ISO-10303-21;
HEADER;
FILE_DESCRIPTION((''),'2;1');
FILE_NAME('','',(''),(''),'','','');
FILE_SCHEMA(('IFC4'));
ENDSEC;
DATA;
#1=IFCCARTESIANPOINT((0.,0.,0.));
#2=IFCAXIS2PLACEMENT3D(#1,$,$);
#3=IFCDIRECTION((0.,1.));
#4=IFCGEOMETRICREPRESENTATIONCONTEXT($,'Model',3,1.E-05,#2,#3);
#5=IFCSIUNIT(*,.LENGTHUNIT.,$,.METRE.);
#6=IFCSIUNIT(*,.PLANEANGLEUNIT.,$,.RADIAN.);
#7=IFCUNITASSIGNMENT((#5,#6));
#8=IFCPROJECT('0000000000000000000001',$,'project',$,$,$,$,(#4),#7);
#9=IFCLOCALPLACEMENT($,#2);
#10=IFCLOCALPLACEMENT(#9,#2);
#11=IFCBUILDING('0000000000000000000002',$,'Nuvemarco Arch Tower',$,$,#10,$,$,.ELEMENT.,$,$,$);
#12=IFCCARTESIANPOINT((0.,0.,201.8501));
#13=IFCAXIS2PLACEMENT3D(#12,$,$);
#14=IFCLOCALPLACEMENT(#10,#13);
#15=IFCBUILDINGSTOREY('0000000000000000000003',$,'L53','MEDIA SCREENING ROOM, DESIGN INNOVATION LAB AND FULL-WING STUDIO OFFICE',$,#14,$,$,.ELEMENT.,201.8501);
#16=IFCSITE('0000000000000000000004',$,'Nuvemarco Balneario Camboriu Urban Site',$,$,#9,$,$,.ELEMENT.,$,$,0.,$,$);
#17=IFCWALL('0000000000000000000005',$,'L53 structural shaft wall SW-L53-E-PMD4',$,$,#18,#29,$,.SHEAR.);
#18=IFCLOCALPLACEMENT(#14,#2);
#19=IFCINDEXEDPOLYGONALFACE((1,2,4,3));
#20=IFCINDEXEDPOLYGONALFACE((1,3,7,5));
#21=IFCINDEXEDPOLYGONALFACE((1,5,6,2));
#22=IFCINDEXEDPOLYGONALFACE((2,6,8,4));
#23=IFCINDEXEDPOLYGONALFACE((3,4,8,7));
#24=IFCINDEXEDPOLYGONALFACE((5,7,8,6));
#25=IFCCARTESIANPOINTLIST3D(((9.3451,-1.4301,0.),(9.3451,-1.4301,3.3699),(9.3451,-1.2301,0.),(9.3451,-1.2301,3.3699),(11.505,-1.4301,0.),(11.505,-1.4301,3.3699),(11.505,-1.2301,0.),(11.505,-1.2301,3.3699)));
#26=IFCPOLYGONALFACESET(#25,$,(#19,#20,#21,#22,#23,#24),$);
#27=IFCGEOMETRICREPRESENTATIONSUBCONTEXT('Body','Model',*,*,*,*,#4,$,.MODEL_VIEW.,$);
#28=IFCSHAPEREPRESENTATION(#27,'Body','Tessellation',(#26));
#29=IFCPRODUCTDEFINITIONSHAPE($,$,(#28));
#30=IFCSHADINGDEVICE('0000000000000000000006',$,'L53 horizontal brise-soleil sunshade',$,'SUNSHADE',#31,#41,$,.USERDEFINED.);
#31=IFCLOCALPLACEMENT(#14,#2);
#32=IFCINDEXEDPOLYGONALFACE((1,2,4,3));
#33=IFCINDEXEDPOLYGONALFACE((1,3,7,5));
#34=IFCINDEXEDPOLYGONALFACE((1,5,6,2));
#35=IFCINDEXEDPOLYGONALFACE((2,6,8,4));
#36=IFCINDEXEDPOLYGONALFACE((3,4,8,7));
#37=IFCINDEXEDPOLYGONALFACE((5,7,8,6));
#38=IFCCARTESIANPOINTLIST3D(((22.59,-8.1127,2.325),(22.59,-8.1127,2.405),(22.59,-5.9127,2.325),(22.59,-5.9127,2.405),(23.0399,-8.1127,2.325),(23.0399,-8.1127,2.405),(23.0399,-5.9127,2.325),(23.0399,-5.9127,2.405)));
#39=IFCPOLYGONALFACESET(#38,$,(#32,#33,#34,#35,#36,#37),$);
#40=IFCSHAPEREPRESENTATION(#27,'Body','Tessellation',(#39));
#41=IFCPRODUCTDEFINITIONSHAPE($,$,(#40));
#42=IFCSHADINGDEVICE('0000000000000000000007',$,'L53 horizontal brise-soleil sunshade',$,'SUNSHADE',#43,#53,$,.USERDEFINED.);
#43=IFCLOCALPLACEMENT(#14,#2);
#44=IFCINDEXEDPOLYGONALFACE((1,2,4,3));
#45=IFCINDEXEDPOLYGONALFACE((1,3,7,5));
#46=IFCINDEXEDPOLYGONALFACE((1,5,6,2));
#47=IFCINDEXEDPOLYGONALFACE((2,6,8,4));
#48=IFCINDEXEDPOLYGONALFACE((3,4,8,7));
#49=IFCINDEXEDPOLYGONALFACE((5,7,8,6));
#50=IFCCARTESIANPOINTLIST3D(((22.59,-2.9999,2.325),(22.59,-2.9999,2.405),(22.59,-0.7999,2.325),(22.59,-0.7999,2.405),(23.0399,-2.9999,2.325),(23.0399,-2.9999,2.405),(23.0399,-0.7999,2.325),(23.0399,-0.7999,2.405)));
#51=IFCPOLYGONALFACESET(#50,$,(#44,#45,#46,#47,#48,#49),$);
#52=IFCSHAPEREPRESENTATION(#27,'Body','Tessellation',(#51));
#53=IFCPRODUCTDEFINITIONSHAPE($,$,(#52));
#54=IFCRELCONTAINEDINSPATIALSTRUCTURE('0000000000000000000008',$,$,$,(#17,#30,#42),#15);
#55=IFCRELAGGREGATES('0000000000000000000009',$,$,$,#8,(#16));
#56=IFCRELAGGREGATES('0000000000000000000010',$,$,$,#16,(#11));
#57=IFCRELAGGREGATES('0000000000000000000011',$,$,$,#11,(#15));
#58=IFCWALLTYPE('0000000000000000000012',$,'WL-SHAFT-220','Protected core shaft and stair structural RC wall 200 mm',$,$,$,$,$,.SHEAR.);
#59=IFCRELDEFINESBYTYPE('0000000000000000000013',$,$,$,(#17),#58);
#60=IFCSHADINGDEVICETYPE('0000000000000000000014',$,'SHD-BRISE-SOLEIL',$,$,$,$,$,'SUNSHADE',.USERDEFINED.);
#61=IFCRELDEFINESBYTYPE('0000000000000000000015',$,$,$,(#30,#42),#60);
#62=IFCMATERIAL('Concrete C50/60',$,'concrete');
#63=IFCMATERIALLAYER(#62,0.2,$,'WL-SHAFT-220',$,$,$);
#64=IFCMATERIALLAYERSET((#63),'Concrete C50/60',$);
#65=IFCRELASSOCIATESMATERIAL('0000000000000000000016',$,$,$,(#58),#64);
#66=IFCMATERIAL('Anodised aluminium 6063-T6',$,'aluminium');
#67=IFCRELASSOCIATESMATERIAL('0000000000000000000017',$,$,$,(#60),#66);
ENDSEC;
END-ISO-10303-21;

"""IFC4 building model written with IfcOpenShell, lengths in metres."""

from ifc_helpers import new_model, si_unit, direction, frame, frame_2d, origin, origin_2d, place, context, subcontext, project, spatial, rectangle, extrude, source, transform, mapped, material, layer, layer_set, type_object, type_shapes, element, save


model = new_model("IFC4")

# Units and contexts
model_context = context("Model", 3, precision=1e-05, world=origin(), true_north=direction((0.0, 1.0)))
body_context = subcontext(model_context, "Body", "Model", "MODEL_VIEW")
ifc_project = project(units=[si_unit("LENGTHUNIT", "METRE"), si_unit("PLANEANGLEUNIT", "RADIAN")], contexts=[model_context])

# Site, building, storey
site_placement = place(None, origin())
site = spatial("IfcSite", under=ifc_project, at=site_placement, Name="Nuvemarco Balneario Camboriu Urban Site", CompositionType="ELEMENT", RefElevation=0.0)
building_placement = place(site_placement, origin())
building = spatial("IfcBuilding", under=site, at=building_placement, Name="Nuvemarco Arch Tower", CompositionType="ELEMENT")
storey_placement = place(building_placement, frame((0.0, 0.0, 201.8501)))
storey = spatial("IfcBuildingStorey", under=building, at=storey_placement, Name="L53", Description="MEDIA SCREENING ROOM, DESIGN INNOVATION LAB AND FULL-WING STUDIO OFFICE", CompositionType="ELEMENT", Elevation=201.8501)

# Shared definitions
ifc_material_1 = material(Name="Concrete C50/60", Category="concrete")

# Shared definitions
ifc_layer_1 = layer(ifc_material_1, 0.2, Name="WL-SHAFT-220")
ifc_layer_set_1 = layer_set([ifc_layer_1], Name="Concrete C50/60")
wall_type_1 = type_object("IfcWallType", Name="WL-SHAFT-220", Description="Protected core shaft and stair structural RC wall 200 mm", PredefinedType="SHEAR", material=ifc_layer_set_1)

# Wall
for number, where, z_axis, x_axis, name in (
    (1, (9.345, -1.3301, 0.0), (0.0, 0.0, 1.0), (1.0, 0.0, 0.0), "L53 structural shaft wall SW-L53-E-PMD4"),
):
    element("IfcWall", number, at=place(storey_placement, frame(where, z_axis=z_axis, x_axis=x_axis)), inside=storey, type_object=wall_type_1, Name=name, PredefinedType="SHEAR", context=body_context, shape_type="SweptSolid", body=[
        extrude(rectangle(XDim=2.1599, YDim=0.2, at=frame_2d((1.0801, 0.0))), origin(), (0.0, 0.0, 1.0), 3.3699),
    ])

# Shading devices
ifc_material_2 = material(Name="Anodised aluminium 6063-T6", Category="aluminium")
shading_device_type = type_object("IfcShadingDeviceType", Name="SHD-BRISE-SOLEIL", ElementType="SUNSHADE", PredefinedType="USERDEFINED", material=ifc_material_2)
shared_shape_1 = source(origin(), body_context, "Body", "SweptSolid", [
    extrude(rectangle(XDim=2.2, YDim=0.45, at=origin_2d()), origin(), (0.0, 0.0, 1.0), 0.0801),
])
type_shapes(shading_device_type, [shared_shape_1])
for number, where, z_axis, x_axis, name in (
    (2, (22.8149, -7.0127, 2.325), (0.0, 0.0, 1.0), (0.0, 1.0, 0.0), "L53 horizontal brise-soleil sunshade"),
    (3, (22.8149, -1.8999, 2.325), (0.0, 0.0, 1.0), (0.0, 1.0, 0.0), "L53 horizontal brise-soleil sunshade"),
):
    element("IfcShadingDevice", number, at=place(storey_placement, frame(where, z_axis=z_axis, x_axis=x_axis)), inside=storey, type_object=shading_device_type, Name=name, ObjectType="SUNSHADE", PredefinedType="USERDEFINED", context=body_context, shape_type="MappedRepresentation", body=[
        mapped(shared_shape_1, transform((0.0, 0.0, 0.0), scale=1.0)),
    ])

save(model, "model.ifc")
